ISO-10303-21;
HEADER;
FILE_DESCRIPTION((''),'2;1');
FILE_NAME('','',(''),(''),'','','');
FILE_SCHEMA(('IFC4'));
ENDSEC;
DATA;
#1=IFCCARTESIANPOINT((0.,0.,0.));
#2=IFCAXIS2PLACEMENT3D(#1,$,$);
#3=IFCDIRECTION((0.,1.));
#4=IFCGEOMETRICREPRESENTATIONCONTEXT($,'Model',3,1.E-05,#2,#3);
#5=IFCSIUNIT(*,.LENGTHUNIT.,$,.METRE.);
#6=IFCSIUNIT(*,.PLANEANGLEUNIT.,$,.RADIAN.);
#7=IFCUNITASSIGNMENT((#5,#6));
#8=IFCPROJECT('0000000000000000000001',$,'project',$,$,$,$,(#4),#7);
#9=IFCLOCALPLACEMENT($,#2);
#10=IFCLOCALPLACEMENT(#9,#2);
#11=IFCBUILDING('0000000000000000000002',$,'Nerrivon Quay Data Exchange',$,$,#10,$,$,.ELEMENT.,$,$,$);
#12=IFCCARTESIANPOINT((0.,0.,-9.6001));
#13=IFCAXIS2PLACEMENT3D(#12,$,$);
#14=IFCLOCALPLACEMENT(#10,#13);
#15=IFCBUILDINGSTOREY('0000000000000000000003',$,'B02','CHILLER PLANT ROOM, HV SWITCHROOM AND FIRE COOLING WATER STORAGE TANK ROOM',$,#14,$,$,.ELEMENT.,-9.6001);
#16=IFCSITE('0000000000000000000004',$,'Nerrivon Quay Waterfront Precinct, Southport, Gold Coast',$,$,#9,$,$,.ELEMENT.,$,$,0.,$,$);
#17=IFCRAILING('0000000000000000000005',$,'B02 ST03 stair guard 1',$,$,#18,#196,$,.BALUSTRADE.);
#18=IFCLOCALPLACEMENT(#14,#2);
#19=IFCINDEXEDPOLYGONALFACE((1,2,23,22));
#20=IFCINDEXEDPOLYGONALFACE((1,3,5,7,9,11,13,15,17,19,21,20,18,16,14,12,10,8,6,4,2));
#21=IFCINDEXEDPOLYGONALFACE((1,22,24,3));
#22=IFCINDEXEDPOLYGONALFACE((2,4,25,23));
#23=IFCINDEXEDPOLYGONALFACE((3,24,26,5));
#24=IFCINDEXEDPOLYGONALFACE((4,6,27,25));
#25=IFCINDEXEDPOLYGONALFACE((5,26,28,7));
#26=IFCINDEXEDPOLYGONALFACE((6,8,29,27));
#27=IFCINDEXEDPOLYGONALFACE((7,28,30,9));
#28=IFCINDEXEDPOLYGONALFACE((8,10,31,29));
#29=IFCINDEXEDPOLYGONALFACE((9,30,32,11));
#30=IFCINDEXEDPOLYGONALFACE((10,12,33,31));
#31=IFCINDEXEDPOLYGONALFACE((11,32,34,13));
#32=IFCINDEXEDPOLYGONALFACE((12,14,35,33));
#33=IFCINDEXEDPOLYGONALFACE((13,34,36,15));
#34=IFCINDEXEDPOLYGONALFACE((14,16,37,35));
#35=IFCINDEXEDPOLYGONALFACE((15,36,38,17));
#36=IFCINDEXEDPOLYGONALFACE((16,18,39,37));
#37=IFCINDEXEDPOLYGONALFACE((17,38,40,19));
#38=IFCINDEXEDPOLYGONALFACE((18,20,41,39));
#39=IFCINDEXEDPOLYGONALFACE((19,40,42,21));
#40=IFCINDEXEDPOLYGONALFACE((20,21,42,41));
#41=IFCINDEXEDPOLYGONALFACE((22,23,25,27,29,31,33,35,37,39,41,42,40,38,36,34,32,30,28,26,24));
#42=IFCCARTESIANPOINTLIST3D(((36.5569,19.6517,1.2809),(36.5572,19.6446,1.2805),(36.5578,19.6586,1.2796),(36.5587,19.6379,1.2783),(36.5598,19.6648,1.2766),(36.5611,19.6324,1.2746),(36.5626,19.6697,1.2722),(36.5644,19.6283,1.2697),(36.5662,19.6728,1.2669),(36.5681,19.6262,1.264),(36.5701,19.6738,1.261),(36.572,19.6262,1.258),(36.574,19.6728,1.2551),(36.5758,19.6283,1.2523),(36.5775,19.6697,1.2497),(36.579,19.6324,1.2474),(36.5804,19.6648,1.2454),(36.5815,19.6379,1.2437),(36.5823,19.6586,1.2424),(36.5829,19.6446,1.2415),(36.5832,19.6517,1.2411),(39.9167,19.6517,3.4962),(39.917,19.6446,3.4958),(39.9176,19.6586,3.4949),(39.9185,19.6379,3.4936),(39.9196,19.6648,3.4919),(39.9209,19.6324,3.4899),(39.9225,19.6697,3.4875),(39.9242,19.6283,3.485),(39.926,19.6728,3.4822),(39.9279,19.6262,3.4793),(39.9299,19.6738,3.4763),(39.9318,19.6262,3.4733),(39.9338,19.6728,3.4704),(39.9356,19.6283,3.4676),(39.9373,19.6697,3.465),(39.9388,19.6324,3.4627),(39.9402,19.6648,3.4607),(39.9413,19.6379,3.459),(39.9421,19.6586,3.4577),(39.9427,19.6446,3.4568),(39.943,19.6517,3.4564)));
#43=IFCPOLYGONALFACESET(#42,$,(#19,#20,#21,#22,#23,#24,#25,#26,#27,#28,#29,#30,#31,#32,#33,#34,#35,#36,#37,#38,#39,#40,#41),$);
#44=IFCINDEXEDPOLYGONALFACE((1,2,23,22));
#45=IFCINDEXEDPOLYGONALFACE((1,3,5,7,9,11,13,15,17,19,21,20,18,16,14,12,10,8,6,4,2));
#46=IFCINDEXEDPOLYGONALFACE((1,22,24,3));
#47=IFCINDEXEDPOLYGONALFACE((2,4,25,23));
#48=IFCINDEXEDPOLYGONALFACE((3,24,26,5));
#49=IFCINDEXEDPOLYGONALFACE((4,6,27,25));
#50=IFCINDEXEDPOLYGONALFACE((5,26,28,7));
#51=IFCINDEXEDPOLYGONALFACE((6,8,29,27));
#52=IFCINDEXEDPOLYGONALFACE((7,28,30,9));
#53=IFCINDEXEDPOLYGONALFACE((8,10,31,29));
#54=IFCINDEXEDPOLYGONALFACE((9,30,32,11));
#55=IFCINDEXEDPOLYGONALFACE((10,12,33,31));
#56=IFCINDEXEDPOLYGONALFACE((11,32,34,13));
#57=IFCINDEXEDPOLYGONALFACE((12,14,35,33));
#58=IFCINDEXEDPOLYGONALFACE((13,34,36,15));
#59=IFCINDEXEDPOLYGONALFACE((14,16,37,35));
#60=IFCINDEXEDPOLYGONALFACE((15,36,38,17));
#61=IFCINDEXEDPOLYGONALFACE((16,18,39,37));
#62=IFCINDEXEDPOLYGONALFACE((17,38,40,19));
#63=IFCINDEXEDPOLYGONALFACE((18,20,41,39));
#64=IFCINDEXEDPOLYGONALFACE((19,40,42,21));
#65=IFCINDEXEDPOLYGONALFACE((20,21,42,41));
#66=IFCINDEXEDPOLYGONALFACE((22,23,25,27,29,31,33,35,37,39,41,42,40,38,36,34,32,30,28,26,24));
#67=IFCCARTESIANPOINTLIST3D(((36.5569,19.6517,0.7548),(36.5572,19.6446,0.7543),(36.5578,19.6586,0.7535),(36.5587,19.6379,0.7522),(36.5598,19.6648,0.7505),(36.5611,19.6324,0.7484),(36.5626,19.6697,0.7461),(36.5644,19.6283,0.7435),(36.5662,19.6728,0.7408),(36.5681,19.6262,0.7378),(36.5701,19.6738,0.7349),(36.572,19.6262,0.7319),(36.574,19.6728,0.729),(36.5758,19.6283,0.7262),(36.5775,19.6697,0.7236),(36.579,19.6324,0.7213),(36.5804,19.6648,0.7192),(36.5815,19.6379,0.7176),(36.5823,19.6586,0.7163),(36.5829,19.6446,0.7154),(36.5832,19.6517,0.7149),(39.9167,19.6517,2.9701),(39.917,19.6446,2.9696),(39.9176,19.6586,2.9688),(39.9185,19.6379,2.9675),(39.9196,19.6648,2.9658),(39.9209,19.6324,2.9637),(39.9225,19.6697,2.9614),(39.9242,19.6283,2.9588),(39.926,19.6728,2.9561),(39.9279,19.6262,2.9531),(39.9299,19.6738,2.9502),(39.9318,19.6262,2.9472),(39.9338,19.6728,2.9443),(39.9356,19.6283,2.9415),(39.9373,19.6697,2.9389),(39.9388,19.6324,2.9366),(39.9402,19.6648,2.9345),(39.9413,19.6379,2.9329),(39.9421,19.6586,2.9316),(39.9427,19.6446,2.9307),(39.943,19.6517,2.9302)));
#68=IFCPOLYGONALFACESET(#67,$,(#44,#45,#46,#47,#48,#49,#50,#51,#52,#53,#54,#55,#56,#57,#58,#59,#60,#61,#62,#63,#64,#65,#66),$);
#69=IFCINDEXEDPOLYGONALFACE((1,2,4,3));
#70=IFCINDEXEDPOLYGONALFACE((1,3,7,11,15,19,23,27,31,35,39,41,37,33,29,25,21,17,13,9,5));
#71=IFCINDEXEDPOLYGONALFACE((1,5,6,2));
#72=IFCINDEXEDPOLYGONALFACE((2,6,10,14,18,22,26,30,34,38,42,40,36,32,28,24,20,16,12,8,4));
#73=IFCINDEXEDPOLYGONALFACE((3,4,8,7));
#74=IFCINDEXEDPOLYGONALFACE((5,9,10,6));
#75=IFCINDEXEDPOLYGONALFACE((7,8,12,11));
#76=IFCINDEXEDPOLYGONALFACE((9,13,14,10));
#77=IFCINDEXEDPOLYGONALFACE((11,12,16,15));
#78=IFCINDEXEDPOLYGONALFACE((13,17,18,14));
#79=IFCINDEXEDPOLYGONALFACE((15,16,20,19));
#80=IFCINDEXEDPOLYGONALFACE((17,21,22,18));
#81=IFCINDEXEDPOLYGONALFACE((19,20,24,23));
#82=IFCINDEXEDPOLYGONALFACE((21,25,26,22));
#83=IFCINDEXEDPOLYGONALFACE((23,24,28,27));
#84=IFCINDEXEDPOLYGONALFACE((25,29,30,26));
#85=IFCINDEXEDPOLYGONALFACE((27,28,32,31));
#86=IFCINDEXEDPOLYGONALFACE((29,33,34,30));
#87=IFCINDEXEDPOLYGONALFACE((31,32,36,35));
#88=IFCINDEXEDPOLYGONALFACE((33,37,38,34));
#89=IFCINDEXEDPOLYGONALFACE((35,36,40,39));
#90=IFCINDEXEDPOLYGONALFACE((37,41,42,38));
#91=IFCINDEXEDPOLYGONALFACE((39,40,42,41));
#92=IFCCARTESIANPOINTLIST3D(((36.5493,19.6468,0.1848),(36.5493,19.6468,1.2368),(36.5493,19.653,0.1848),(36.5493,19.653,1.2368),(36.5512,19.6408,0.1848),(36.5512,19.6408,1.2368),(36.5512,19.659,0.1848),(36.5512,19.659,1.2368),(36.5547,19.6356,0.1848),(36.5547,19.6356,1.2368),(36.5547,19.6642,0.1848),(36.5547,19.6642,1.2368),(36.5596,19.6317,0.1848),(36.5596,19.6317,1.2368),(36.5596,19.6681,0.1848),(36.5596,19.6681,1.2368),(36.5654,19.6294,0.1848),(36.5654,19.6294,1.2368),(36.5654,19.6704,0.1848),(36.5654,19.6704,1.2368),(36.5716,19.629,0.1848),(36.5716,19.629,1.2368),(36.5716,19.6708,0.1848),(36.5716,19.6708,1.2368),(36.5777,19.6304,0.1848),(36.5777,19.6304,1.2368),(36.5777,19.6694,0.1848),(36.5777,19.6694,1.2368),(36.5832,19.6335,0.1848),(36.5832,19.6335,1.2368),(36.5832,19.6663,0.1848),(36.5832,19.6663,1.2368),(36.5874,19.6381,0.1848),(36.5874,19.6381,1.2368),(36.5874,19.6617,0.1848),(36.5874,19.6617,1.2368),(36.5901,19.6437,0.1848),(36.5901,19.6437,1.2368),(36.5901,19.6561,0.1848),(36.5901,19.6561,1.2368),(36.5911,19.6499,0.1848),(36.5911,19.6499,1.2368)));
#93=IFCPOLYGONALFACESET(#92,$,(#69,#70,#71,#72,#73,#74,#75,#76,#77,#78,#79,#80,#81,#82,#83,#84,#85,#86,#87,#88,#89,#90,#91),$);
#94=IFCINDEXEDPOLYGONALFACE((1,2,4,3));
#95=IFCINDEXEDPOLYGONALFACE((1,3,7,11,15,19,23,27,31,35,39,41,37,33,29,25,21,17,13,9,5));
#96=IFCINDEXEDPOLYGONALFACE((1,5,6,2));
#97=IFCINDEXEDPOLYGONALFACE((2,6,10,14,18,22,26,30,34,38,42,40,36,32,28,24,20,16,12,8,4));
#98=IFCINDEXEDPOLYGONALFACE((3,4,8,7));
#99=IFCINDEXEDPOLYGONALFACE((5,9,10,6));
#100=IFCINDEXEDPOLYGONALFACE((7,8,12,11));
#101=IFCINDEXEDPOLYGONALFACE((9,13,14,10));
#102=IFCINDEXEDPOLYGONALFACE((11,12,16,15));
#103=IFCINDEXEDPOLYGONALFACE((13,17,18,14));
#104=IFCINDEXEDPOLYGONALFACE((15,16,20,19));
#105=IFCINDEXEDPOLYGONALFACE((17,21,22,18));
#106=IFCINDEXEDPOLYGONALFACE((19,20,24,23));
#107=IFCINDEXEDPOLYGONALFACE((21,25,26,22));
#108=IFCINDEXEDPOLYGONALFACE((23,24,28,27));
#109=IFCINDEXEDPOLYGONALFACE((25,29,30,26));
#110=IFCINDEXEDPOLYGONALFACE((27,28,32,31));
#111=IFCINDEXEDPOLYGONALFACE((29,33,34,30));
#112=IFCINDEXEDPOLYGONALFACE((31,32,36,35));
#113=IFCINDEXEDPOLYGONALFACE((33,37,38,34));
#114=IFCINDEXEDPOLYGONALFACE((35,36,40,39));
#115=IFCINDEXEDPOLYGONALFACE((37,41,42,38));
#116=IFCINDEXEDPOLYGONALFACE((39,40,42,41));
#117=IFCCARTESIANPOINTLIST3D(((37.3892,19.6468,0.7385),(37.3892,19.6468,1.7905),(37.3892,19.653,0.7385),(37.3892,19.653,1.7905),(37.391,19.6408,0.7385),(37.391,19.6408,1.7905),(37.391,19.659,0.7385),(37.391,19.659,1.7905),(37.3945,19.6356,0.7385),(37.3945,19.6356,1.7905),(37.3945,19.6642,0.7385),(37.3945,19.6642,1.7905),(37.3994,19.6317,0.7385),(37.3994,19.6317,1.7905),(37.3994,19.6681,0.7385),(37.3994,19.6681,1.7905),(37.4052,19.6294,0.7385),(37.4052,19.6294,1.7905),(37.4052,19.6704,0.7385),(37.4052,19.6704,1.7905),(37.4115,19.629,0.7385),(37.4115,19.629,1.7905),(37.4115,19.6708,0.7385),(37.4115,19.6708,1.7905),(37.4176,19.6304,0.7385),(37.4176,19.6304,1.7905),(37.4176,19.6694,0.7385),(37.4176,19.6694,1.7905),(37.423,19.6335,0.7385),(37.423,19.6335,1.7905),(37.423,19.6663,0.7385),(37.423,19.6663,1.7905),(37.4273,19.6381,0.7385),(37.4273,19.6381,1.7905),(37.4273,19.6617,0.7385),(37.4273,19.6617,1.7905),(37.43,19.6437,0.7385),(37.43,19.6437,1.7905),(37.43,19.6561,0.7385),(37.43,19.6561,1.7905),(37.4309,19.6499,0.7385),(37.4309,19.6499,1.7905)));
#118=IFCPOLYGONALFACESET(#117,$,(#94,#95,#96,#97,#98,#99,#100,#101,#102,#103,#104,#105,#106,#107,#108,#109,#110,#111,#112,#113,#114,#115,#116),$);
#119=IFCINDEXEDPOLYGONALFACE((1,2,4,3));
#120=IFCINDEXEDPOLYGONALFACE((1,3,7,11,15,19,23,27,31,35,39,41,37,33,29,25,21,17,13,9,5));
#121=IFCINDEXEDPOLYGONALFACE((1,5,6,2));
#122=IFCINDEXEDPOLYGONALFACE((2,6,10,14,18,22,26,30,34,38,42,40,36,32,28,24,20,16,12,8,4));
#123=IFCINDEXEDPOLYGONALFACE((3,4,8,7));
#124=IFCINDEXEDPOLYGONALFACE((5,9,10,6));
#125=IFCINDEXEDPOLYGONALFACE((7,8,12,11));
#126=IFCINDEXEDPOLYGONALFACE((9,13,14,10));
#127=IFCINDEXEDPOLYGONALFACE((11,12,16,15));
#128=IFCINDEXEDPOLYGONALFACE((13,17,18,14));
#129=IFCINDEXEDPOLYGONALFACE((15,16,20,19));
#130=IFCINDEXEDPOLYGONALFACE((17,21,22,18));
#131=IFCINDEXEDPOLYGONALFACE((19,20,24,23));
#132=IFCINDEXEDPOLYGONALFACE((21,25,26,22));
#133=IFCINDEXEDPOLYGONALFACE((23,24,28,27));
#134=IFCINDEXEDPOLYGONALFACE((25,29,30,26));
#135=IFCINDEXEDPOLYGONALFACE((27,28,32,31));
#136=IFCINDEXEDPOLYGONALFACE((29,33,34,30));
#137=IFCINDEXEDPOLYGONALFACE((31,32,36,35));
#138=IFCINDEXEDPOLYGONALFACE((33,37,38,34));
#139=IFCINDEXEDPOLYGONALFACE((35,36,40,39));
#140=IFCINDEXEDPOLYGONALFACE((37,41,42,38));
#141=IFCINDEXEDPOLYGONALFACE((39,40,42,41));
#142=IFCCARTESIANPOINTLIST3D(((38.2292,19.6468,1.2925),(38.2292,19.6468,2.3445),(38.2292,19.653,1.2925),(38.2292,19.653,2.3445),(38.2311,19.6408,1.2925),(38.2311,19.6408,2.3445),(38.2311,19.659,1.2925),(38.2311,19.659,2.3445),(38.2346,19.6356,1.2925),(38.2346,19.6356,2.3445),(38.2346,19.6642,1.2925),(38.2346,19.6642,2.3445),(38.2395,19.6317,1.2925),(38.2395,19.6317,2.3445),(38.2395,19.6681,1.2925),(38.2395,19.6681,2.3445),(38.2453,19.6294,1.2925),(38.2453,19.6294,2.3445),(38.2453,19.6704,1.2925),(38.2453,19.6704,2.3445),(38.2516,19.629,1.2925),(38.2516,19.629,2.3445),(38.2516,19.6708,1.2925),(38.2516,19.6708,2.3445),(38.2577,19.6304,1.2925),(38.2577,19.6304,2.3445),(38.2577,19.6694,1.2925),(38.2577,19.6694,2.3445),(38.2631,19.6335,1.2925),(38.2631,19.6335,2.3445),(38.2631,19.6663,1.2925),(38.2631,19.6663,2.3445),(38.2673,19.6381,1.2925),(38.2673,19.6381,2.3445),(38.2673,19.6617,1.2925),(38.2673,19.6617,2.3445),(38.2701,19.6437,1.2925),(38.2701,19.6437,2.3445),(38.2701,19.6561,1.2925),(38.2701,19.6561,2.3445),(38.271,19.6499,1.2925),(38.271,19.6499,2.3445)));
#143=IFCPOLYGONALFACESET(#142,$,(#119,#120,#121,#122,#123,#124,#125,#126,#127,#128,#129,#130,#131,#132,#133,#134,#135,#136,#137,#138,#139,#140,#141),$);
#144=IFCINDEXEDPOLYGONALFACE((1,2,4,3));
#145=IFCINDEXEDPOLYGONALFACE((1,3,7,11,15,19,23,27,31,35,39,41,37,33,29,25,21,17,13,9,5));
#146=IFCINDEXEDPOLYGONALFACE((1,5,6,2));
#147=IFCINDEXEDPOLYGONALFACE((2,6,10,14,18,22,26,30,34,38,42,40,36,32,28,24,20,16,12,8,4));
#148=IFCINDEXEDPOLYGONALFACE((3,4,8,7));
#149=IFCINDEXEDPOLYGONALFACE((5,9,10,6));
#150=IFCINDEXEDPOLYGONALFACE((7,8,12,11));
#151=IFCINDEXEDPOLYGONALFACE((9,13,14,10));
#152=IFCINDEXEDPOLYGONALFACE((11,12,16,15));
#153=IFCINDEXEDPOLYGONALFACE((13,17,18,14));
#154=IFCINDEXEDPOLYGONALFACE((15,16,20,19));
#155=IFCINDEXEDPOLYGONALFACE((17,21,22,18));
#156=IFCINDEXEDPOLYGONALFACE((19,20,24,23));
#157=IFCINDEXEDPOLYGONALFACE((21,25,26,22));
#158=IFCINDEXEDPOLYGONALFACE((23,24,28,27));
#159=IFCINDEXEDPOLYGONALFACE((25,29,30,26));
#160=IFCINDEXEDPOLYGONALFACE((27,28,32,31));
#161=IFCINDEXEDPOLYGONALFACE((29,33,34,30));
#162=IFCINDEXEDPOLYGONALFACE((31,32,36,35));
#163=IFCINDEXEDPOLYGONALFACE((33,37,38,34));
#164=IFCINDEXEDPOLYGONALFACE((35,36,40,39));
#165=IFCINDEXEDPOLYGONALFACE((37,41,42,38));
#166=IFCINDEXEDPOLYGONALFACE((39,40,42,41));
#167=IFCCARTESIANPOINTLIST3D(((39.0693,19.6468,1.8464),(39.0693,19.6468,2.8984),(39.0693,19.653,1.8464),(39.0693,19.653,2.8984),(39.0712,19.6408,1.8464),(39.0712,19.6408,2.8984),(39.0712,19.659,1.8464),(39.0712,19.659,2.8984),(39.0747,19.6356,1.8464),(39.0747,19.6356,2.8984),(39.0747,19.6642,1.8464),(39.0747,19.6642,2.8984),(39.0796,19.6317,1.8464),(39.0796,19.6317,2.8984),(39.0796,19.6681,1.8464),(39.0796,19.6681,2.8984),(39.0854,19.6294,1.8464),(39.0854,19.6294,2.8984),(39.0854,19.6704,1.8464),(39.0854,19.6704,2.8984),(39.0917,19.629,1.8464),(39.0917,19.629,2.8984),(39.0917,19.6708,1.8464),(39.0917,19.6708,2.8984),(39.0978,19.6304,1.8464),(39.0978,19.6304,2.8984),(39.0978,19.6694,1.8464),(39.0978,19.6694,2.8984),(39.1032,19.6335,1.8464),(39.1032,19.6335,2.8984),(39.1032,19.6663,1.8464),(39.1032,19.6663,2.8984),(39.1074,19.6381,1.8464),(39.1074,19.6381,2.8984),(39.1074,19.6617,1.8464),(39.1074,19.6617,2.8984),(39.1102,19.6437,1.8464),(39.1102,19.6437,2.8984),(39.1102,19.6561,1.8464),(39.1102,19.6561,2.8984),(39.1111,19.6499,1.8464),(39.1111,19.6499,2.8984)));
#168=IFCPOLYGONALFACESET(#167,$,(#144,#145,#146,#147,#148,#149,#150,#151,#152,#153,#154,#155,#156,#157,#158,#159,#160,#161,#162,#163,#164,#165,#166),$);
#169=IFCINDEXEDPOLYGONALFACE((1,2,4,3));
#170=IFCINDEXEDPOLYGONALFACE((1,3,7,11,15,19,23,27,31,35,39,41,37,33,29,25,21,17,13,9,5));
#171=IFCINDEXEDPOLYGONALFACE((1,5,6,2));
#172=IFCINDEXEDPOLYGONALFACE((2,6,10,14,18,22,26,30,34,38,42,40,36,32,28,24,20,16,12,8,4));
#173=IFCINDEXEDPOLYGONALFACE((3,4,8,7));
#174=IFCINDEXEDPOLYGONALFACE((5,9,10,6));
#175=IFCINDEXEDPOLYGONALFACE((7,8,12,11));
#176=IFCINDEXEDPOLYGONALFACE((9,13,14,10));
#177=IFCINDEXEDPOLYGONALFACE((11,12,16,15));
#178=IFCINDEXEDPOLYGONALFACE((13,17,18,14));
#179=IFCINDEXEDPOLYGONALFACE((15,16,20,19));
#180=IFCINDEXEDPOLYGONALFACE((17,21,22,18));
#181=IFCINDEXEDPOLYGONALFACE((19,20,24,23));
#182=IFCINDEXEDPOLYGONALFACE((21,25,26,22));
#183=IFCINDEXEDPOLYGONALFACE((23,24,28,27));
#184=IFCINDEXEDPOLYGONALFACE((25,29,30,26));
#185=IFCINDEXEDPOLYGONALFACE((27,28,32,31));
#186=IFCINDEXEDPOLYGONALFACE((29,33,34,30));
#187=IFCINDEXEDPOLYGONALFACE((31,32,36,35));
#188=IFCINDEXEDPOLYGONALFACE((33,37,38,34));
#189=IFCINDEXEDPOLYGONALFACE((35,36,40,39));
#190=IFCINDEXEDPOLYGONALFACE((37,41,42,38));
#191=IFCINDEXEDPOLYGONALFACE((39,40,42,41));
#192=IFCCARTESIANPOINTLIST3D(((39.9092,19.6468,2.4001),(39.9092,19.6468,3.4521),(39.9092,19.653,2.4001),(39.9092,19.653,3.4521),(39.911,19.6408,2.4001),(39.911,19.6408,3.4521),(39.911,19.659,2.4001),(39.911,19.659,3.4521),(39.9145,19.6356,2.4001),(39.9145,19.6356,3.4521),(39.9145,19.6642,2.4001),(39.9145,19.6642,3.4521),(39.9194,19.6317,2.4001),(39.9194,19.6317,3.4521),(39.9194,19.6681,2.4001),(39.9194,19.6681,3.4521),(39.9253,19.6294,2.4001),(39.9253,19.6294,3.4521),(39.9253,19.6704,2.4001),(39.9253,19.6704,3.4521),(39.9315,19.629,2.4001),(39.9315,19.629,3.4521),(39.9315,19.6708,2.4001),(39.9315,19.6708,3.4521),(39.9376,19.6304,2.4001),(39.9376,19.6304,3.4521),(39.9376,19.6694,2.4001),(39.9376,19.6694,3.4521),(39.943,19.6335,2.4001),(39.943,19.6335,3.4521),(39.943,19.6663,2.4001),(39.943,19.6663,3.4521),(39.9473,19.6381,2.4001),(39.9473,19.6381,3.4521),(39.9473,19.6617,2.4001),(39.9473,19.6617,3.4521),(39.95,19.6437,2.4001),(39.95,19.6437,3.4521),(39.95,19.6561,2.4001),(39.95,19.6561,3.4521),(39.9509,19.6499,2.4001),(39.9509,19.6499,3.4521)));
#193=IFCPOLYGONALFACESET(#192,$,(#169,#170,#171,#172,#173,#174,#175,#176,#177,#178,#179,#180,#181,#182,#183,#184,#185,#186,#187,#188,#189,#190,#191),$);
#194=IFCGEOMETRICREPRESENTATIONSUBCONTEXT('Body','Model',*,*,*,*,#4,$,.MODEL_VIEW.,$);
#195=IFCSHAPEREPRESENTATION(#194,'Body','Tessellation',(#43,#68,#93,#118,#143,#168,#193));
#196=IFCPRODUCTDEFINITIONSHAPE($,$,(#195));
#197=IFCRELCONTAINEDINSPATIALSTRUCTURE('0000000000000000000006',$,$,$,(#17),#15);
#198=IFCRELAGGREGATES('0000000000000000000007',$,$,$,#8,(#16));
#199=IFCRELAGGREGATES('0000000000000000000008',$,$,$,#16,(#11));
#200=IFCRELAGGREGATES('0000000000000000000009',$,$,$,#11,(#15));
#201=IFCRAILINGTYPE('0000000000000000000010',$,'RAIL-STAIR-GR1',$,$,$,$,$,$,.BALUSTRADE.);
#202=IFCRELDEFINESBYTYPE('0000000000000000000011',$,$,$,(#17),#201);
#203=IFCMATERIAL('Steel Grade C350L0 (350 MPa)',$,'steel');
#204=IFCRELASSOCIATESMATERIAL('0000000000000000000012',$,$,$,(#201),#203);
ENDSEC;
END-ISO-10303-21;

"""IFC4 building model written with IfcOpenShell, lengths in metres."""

from ifc_helpers import new_model, si_unit, direction, frame, origin, origin_2d, place, context, subcontext, project, spatial, circle, extrude, material, type_object, element, save


model = new_model("IFC4")

# Units and contexts
model_context = context("Model", 3, precision=1e-05, world=origin(), true_north=direction((0.0, 1.0)))
body_context = subcontext(model_context, "Body", "Model", "MODEL_VIEW")
ifc_project = project(units=[si_unit("LENGTHUNIT", "METRE"), si_unit("PLANEANGLEUNIT", "RADIAN")], contexts=[model_context])

# Site, building, storey
site_placement = place(None, origin())
site = spatial("IfcSite", under=ifc_project, at=site_placement, Name="Nerrivon Quay Waterfront Precinct, Southport, Gold Coast", CompositionType="ELEMENT", RefElevation=0.0)
building_placement = place(site_placement, origin())
building = spatial("IfcBuilding", under=site, at=building_placement, Name="Nerrivon Quay Data Exchange", CompositionType="ELEMENT")
storey_placement = place(building_placement, frame((0.0, 0.0, -9.6001)))
storey = spatial("IfcBuildingStorey", under=building, at=storey_placement, Name="B02", Description="CHILLER PLANT ROOM, HV SWITCHROOM AND FIRE COOLING WATER STORAGE TANK ROOM", CompositionType="ELEMENT", Elevation=-9.6001)

# Railing
ifc_material_1 = material(Name="Steel Grade C350L0 (350 MPa)", Category="steel")
railing_type_1 = type_object("IfcRailingType", Name="RAIL-STAIR-GR1", PredefinedType="BALUSTRADE", material=ifc_material_1)
railing_1_placement = place(storey_placement, frame((36.5701, 19.6499, 0.1848)))
element("IfcRailing", 1, at=railing_1_placement, inside=storey, type_object=railing_type_1, Name="B02 ST03 stair guard 1", PredefinedType="BALUSTRADE", context=body_context, shape_type="SweptSolid", body=[
    extrude(circle(Radius=0.0239, at=origin_2d()), frame((0.0, 0.0, 1.0762), z_axis=(0.834858, 0.0, 0.550465), x_axis=(0.0, 1.0, 0.0)), (0.0, 0.0, 1.0), 4.0244),
    extrude(circle(Radius=0.0239, at=origin_2d()), frame((0.0, 0.0, 0.55), z_axis=(0.834858, 0.0, 0.550465), x_axis=(0.0, 1.0, 0.0)), (0.0, 0.0, 1.0), 4.0244),
    extrude(circle(Radius=0.021, at=origin_2d()), origin(), (0.0, 0.0, 1.0), 1.052),
    extrude(circle(Radius=0.021, at=origin_2d()), frame((0.8398, 0.0, 0.5537)), (0.0, 0.0, 1.0), 1.052),
    extrude(circle(Radius=0.021, at=origin_2d()), frame((1.6799, 0.0, 1.1077)), (0.0, 0.0, 1.0), 1.052),
    extrude(circle(Radius=0.021, at=origin_2d()), frame((2.52, 0.0, 1.6616)), (0.0, 0.0, 1.0), 1.052),
    extrude(circle(Radius=0.021, at=origin_2d()), frame((3.3599, 0.0, 2.2153)), (0.0, 0.0, 1.0), 1.052),
])

save(model, "model.ifc")
